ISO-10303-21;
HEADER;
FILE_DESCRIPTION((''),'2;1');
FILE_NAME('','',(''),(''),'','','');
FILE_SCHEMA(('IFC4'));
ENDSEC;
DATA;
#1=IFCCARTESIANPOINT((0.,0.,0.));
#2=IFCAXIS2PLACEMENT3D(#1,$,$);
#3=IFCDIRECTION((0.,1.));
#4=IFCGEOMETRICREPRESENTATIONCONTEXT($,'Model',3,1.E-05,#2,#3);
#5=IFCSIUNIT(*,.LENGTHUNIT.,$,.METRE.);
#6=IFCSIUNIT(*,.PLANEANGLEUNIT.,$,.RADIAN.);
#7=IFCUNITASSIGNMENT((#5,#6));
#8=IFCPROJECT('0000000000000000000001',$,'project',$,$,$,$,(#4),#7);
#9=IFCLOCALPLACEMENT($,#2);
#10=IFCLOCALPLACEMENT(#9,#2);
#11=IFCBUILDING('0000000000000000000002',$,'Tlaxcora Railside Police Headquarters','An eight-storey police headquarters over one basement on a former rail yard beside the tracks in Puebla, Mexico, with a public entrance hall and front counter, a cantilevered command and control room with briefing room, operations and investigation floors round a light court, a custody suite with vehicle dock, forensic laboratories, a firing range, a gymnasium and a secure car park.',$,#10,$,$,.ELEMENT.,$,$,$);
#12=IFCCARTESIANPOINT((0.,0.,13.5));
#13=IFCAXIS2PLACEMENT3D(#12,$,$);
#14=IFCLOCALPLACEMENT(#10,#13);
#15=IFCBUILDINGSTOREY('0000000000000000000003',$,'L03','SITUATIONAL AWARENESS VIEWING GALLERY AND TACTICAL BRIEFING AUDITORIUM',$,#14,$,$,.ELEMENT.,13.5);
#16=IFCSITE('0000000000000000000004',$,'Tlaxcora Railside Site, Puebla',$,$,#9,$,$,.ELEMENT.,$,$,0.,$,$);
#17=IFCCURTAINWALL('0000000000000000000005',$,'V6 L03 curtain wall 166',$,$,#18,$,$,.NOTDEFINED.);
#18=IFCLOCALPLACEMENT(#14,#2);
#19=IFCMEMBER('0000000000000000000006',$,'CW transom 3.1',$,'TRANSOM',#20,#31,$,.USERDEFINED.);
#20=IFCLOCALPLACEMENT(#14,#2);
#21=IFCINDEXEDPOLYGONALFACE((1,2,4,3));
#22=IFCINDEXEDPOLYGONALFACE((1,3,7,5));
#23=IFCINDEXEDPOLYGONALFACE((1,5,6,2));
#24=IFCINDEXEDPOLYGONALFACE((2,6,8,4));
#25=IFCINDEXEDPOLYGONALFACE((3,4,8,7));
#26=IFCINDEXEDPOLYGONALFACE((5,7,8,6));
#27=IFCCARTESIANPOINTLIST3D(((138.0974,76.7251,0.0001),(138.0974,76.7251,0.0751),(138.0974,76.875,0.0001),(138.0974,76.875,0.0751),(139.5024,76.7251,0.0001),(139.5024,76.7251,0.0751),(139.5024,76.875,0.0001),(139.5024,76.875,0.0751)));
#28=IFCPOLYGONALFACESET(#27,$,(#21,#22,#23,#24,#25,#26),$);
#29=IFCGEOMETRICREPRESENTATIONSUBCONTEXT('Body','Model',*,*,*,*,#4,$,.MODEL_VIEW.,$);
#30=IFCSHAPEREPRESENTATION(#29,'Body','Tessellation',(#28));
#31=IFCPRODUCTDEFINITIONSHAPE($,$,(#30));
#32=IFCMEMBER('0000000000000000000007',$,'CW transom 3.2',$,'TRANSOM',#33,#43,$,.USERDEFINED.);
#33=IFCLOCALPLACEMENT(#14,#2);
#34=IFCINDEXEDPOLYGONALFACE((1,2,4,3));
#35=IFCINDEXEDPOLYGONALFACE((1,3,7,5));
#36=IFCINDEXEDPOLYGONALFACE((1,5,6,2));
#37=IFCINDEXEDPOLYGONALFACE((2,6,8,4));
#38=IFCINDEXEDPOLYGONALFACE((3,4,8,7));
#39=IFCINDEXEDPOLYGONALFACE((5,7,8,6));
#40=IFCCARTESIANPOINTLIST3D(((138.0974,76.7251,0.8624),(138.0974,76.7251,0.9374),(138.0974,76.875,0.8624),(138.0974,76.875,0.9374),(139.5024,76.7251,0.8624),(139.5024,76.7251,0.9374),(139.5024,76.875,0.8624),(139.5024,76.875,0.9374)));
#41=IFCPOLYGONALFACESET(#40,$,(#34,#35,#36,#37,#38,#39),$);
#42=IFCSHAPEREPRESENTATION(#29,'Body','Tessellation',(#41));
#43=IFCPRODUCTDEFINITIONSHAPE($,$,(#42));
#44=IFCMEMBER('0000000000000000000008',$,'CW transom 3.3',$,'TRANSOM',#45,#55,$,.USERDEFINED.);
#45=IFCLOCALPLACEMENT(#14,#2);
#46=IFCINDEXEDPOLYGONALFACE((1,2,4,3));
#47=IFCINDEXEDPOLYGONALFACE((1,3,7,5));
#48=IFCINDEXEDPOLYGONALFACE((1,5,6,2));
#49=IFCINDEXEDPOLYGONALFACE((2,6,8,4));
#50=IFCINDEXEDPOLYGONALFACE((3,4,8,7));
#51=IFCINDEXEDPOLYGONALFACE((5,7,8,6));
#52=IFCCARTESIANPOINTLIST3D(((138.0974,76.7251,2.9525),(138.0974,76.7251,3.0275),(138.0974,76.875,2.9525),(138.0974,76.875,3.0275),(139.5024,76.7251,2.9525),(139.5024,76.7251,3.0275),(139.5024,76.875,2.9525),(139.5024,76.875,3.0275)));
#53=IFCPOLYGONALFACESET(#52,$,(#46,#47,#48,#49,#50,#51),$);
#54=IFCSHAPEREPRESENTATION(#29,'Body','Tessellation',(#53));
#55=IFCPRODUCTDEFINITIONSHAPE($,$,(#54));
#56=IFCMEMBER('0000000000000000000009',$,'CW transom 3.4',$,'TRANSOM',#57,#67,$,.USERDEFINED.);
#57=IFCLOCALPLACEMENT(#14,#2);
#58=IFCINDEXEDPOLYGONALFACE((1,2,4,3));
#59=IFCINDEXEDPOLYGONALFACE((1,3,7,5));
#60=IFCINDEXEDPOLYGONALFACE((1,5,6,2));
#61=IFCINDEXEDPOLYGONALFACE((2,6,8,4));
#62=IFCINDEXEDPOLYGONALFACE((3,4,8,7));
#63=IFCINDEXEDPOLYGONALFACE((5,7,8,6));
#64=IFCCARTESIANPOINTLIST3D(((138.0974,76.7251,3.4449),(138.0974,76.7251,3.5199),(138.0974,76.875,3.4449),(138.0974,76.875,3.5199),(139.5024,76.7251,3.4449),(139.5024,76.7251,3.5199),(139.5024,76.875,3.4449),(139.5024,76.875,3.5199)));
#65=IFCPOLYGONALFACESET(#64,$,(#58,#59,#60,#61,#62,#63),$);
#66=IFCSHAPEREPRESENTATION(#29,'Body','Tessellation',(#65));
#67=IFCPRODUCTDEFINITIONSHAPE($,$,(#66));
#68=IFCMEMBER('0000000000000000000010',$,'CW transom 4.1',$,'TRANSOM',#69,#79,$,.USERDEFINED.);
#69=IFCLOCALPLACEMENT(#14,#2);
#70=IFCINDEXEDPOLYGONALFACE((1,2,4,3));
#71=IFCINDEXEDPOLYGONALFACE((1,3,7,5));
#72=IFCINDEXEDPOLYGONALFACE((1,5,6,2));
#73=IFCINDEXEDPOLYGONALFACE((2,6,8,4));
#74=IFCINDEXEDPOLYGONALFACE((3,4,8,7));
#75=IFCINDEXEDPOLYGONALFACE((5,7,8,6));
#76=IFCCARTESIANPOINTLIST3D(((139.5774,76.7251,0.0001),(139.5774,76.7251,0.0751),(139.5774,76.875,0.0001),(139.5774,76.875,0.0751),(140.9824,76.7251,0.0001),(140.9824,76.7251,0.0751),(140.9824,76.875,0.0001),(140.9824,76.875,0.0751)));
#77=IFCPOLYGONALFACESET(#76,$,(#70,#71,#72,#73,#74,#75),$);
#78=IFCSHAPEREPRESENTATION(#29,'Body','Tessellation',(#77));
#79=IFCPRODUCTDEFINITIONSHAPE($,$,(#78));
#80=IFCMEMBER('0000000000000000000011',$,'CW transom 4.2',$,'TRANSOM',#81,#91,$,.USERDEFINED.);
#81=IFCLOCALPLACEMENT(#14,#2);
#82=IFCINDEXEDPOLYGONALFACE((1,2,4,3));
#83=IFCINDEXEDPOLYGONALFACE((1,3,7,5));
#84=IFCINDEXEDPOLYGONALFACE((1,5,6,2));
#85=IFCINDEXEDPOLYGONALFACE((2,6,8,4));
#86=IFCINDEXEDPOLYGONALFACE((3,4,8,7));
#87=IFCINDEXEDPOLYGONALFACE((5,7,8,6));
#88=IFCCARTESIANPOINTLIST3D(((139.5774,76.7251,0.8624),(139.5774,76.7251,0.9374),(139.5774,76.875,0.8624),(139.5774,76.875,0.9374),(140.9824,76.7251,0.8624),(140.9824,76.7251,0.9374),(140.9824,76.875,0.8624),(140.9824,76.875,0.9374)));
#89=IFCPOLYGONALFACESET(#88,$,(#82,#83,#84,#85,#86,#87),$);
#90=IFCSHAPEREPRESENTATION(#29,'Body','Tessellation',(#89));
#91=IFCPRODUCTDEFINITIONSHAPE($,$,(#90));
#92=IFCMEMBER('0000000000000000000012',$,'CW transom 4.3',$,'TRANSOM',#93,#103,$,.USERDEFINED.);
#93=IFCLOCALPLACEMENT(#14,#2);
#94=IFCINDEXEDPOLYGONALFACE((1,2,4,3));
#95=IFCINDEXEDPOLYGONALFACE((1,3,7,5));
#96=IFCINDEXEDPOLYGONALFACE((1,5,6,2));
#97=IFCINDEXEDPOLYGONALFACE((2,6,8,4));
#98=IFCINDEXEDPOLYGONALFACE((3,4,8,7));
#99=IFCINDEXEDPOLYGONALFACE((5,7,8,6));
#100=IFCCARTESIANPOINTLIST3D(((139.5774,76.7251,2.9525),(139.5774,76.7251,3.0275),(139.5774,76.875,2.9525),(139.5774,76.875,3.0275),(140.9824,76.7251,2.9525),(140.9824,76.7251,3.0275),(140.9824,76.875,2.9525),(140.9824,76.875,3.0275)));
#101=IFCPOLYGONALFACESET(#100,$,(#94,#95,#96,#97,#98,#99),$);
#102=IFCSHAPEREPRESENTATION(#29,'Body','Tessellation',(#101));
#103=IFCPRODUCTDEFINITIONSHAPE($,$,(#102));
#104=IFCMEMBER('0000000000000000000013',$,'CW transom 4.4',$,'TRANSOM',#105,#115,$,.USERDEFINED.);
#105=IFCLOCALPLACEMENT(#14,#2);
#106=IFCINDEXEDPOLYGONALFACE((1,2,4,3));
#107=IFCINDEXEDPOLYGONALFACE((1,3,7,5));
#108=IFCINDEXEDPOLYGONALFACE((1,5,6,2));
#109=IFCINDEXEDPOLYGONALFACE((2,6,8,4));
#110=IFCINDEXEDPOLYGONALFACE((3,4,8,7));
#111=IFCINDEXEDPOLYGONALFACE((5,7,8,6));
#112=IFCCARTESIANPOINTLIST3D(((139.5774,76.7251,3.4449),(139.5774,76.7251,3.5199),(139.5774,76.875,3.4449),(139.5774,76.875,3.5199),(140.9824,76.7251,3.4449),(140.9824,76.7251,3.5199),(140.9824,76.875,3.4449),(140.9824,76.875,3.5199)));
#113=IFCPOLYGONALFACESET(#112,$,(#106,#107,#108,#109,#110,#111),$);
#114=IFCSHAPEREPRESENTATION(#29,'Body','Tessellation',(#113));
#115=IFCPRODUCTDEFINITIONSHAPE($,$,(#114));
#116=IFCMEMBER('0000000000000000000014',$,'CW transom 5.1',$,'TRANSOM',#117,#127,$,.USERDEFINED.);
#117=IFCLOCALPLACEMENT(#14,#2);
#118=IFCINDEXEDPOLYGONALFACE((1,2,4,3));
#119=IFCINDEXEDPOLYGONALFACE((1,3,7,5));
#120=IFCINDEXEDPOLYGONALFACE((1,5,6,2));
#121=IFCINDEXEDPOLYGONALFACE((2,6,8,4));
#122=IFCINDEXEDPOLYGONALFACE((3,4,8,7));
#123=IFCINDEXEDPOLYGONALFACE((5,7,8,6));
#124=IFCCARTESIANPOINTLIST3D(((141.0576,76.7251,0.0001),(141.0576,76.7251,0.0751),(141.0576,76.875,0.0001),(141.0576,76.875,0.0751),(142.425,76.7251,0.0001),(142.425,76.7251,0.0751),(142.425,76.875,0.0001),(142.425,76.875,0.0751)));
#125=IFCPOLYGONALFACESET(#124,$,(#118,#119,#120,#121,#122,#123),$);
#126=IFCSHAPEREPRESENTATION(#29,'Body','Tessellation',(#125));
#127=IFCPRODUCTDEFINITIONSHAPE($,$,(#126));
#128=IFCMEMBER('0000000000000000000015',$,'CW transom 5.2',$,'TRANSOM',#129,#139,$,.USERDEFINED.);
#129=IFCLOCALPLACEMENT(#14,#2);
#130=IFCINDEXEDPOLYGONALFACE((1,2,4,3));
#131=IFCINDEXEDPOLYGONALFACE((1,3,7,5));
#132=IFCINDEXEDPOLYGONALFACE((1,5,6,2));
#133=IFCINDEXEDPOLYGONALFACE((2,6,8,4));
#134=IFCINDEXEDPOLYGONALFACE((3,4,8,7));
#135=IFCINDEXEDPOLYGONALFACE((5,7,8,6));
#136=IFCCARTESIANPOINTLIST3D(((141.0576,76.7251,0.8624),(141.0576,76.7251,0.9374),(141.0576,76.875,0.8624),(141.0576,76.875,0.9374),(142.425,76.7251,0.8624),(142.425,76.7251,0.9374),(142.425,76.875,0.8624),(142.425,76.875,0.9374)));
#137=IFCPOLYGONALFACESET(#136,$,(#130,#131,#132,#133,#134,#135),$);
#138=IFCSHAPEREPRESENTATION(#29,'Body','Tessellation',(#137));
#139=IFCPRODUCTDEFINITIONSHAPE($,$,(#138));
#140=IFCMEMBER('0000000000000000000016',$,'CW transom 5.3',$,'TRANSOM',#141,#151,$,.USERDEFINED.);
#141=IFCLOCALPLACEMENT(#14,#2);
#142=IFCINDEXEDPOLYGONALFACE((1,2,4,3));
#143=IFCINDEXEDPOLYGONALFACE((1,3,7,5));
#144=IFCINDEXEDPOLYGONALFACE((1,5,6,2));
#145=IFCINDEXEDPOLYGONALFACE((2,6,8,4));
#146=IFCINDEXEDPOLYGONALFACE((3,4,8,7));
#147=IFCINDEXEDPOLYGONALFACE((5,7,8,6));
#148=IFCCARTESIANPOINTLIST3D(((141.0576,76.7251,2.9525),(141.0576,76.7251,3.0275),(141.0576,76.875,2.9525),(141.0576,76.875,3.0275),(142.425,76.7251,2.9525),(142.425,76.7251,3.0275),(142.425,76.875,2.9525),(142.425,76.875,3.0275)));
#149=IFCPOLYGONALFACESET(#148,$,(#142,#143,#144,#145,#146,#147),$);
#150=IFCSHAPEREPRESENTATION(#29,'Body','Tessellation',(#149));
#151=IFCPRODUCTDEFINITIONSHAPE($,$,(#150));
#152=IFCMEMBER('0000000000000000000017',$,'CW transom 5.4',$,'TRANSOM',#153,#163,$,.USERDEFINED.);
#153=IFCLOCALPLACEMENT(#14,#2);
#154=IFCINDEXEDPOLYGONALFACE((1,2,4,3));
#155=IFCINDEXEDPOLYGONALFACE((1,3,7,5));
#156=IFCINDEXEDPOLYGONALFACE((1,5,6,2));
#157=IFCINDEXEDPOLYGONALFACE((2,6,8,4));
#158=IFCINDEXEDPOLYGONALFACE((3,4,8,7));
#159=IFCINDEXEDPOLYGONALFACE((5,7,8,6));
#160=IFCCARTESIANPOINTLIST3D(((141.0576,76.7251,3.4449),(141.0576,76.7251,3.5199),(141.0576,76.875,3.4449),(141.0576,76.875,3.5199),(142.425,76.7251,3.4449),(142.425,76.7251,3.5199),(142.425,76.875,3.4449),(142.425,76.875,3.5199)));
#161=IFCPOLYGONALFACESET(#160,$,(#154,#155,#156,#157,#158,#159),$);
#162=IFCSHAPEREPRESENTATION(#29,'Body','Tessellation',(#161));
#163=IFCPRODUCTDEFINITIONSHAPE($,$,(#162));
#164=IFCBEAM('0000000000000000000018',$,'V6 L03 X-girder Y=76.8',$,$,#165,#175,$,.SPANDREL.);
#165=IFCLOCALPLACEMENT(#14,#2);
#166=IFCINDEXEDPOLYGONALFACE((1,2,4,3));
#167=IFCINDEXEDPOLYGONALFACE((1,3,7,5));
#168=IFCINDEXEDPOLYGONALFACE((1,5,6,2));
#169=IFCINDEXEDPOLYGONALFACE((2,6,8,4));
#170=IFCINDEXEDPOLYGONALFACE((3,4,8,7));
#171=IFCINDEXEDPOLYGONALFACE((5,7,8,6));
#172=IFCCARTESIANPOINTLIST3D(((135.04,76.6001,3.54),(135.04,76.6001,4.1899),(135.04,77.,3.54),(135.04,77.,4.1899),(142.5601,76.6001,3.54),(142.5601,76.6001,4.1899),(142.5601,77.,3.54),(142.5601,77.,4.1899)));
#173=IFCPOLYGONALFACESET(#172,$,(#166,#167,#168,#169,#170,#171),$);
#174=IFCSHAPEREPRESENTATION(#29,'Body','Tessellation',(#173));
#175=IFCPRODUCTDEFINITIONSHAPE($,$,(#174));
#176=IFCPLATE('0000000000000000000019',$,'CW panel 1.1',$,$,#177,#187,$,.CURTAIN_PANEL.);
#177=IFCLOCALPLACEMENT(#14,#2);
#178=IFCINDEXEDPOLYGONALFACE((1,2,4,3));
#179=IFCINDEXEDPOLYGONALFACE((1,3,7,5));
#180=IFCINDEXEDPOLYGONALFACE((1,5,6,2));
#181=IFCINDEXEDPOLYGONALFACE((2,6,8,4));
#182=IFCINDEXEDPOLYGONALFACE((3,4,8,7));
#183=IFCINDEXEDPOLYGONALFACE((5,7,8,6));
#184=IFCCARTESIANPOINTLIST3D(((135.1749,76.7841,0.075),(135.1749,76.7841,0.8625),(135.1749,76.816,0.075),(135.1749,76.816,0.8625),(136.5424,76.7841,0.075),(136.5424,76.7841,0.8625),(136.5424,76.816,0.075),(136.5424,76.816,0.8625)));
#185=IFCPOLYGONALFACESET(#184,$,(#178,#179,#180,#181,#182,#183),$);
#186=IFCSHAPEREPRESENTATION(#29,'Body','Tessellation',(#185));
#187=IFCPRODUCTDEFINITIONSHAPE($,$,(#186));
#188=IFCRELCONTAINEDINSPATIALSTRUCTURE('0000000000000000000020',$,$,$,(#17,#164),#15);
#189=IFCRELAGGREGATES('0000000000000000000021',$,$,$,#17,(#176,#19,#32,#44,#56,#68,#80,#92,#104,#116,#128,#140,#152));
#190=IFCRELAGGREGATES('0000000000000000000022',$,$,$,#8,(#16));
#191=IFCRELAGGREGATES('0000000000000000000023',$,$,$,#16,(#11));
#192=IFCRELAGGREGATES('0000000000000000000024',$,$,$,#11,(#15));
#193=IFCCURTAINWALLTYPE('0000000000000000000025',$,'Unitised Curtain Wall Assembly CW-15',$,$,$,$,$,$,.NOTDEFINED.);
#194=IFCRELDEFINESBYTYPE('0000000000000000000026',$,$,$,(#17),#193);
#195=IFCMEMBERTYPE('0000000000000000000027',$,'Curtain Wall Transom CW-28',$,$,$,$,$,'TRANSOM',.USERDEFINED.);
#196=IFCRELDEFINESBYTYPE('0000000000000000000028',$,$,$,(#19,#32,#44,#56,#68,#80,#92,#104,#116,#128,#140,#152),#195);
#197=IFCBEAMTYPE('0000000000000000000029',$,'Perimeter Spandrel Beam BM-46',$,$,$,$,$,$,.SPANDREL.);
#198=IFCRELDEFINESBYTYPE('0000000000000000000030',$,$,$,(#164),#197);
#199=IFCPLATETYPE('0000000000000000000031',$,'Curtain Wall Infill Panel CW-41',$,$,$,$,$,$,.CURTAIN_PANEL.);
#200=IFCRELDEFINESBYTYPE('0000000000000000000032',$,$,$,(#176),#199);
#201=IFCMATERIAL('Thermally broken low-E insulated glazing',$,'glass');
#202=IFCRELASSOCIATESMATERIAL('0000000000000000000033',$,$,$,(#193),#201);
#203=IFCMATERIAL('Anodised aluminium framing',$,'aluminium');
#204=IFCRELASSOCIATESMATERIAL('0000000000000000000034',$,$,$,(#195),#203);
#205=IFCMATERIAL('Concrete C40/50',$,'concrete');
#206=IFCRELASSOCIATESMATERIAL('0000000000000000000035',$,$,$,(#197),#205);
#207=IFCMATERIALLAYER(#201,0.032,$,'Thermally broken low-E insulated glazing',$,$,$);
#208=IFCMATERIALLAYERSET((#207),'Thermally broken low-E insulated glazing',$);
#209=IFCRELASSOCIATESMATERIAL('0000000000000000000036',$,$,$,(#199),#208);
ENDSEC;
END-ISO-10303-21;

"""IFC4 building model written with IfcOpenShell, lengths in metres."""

from ifc_helpers import new_model, si_unit, direction, frame, origin, origin_2d, place, context, subcontext, project, spatial, rectangle, extrude, material, layer, layer_set, material_profile, profile_set, type_object, element, aggregate, save


model = new_model("IFC4")

# Units and contexts
model_context = context("Model", 3, precision=1e-05, world=origin(), true_north=direction((0.0, 1.0)))
body_context = subcontext(model_context, "Body", "Model", "MODEL_VIEW")
ifc_project = project(units=[si_unit("LENGTHUNIT", "METRE"), si_unit("PLANEANGLEUNIT", "RADIAN")], contexts=[model_context])

# Site, building, storey
site_placement = place(None, origin())
site = spatial("IfcSite", under=ifc_project, at=site_placement, Name="Tlaxcora Railside Site, Puebla", CompositionType="ELEMENT", RefElevation=0.0)
building_placement = place(site_placement, origin())
building = spatial("IfcBuilding", under=site, at=building_placement, Name="Tlaxcora Railside Police Headquarters", Description="An eight-storey police headquarters over one basement on a former rail yard beside the tracks in Puebla, Mexico, with a public entrance hall and front counter, a cantilevered command and control room with briefing room, operations and investigation floors round a light court, a custody suite with vehicle dock, forensic laboratories, a firing range, a gymnasium and a secure car park.", CompositionType="ELEMENT")
storey_placement = place(building_placement, frame((0.0, 0.0, 13.5)))
storey = spatial("IfcBuildingStorey", under=building, at=storey_placement, Name="L03", Description="SITUATIONAL AWARENESS VIEWING GALLERY AND TACTICAL BRIEFING AUDITORIUM", CompositionType="ELEMENT", Elevation=13.5)

# Shared definitions
ifc_material_1 = material(Name="Concrete C40/50", Category="concrete")

# Curtain wall, members
ifc_material_2 = material(Name="Thermally broken low-E insulated glazing", Category="glass")
curtain_wall_type = type_object("IfcCurtainWallType", Name="Unitised Curtain Wall Assembly CW-15", PredefinedType="NOTDEFINED", material=ifc_material_2)
curtain_wall_placement = place(storey_placement, origin())
curtain_wall = element("IfcCurtainWall", 1, at=curtain_wall_placement, inside=storey, type_object=curtain_wall_type, Name="V6 L03 curtain wall 166", PredefinedType="NOTDEFINED")
ifc_material_3 = material(Name="Anodised aluminium framing", Category="aluminium")
ifc_material_profile_1 = material_profile(ifc_material_3, rectangle(XDim=0.1499, YDim=0.075, at=origin_2d()), Name="AL75X150")
ifc_profile_set_1 = profile_set([ifc_material_profile_1], Name="Anodised aluminium framing")
member_type_1 = type_object("IfcMemberType", Name="Curtain Wall Transom CW-28", ElementType="TRANSOM", PredefinedType="USERDEFINED", material=ifc_profile_set_1)
member_1_placement = place(storey_placement, frame((138.0974, 76.8, 0.0376), z_axis=(1.0, 0.0, 0.0), x_axis=(0.0, 1.0, 0.0)))
member_1 = element("IfcMember", 2, at=member_1_placement, type_object=member_type_1, Name="CW transom 3.1", ObjectType="TRANSOM", PredefinedType="USERDEFINED", context=body_context, shape_type="SweptSolid", body=[
    extrude(rectangle(XDim=0.1499, YDim=0.075, at=origin_2d()), origin(), (0.0, 0.0, 1.0), 1.405),
])
member_2_placement = place(storey_placement, frame((138.0974, 76.8, 0.8999), z_axis=(1.0, 0.0, 0.0), x_axis=(0.0, 1.0, 0.0)))
member_2 = element("IfcMember", 3, at=member_2_placement, type_object=member_type_1, Name="CW transom 3.2", ObjectType="TRANSOM", PredefinedType="USERDEFINED", context=body_context, shape_type="SweptSolid", body=[
    extrude(rectangle(XDim=0.1499, YDim=0.075, at=origin_2d()), origin(), (0.0, 0.0, 1.0), 1.405),
])
member_3_placement = place(storey_placement, frame((138.0974, 76.8, 2.99), z_axis=(1.0, 0.0, 0.0), x_axis=(0.0, 1.0, 0.0)))
member_3 = element("IfcMember", 4, at=member_3_placement, type_object=member_type_1, Name="CW transom 3.3", ObjectType="TRANSOM", PredefinedType="USERDEFINED", context=body_context, shape_type="SweptSolid", body=[
    extrude(rectangle(XDim=0.1499, YDim=0.075, at=origin_2d()), origin(), (0.0, 0.0, 1.0), 1.405),
])
member_4_placement = place(storey_placement, frame((138.0974, 76.8, 3.4824), z_axis=(1.0, 0.0, 0.0), x_axis=(0.0, 1.0, 0.0)))
member_4 = element("IfcMember", 5, at=member_4_placement, type_object=member_type_1, Name="CW transom 3.4", ObjectType="TRANSOM", PredefinedType="USERDEFINED", context=body_context, shape_type="SweptSolid", body=[
    extrude(rectangle(XDim=0.1499, YDim=0.075, at=origin_2d()), origin(), (0.0, 0.0, 1.0), 1.405),
])
member_5_placement = place(storey_placement, frame((139.5774, 76.8, 0.0376), z_axis=(1.0, 0.0, 0.0), x_axis=(0.0, 1.0, 0.0)))
member_5 = element("IfcMember", 6, at=member_5_placement, type_object=member_type_1, Name="CW transom 4.1", ObjectType="TRANSOM", PredefinedType="USERDEFINED", context=body_context, shape_type="SweptSolid", body=[
    extrude(rectangle(XDim=0.1499, YDim=0.075, at=origin_2d()), origin(), (0.0, 0.0, 1.0), 1.405),
])
member_6_placement = place(storey_placement, frame((139.5774, 76.8, 0.8999), z_axis=(1.0, 0.0, 0.0), x_axis=(0.0, 1.0, 0.0)))
member_6 = element("IfcMember", 7, at=member_6_placement, type_object=member_type_1, Name="CW transom 4.2", ObjectType="TRANSOM", PredefinedType="USERDEFINED", context=body_context, shape_type="SweptSolid", body=[
    extrude(rectangle(XDim=0.1499, YDim=0.075, at=origin_2d()), origin(), (0.0, 0.0, 1.0), 1.405),
])
member_7_placement = place(storey_placement, frame((139.5774, 76.8, 2.99), z_axis=(1.0, 0.0, 0.0), x_axis=(0.0, 1.0, 0.0)))
member_7 = element("IfcMember", 8, at=member_7_placement, type_object=member_type_1, Name="CW transom 4.3", ObjectType="TRANSOM", PredefinedType="USERDEFINED", context=body_context, shape_type="SweptSolid", body=[
    extrude(rectangle(XDim=0.1499, YDim=0.075, at=origin_2d()), origin(), (0.0, 0.0, 1.0), 1.405),
])
member_8_placement = place(storey_placement, frame((139.5774, 76.8, 3.4824), z_axis=(1.0, 0.0, 0.0), x_axis=(0.0, 1.0, 0.0)))
member_8 = element("IfcMember", 9, at=member_8_placement, type_object=member_type_1, Name="CW transom 4.4", ObjectType="TRANSOM", PredefinedType="USERDEFINED", context=body_context, shape_type="SweptSolid", body=[
    extrude(rectangle(XDim=0.1499, YDim=0.075, at=origin_2d()), origin(), (0.0, 0.0, 1.0), 1.405),
])
member_9_placement = place(storey_placement, frame((141.0576, 76.8, 0.0376), z_axis=(1.0, 0.0, 0.0), x_axis=(0.0, 1.0, 0.0)))
member_9 = element("IfcMember", 10, at=member_9_placement, type_object=member_type_1, Name="CW transom 5.1", ObjectType="TRANSOM", PredefinedType="USERDEFINED", context=body_context, shape_type="SweptSolid", body=[
    extrude(rectangle(XDim=0.1499, YDim=0.075, at=origin_2d()), origin(), (0.0, 0.0, 1.0), 1.3674),
])
member_10_placement = place(storey_placement, frame((141.0576, 76.8, 0.8999), z_axis=(1.0, 0.0, 0.0), x_axis=(0.0, 1.0, 0.0)))
member_10 = element("IfcMember", 11, at=member_10_placement, type_object=member_type_1, Name="CW transom 5.2", ObjectType="TRANSOM", PredefinedType="USERDEFINED", context=body_context, shape_type="SweptSolid", body=[
    extrude(rectangle(XDim=0.1499, YDim=0.075, at=origin_2d()), origin(), (0.0, 0.0, 1.0), 1.3674),
])
member_11_placement = place(storey_placement, frame((141.0576, 76.8, 2.99), z_axis=(1.0, 0.0, 0.0), x_axis=(0.0, 1.0, 0.0)))
member_11 = element("IfcMember", 12, at=member_11_placement, type_object=member_type_1, Name="CW transom 5.3", ObjectType="TRANSOM", PredefinedType="USERDEFINED", context=body_context, shape_type="SweptSolid", body=[
    extrude(rectangle(XDim=0.1499, YDim=0.075, at=origin_2d()), origin(), (0.0, 0.0, 1.0), 1.3674),
])
member_12_placement = place(storey_placement, frame((141.0576, 76.8, 3.4824), z_axis=(1.0, 0.0, 0.0), x_axis=(0.0, 1.0, 0.0)))
member_12 = element("IfcMember", 13, at=member_12_placement, type_object=member_type_1, Name="CW transom 5.4", ObjectType="TRANSOM", PredefinedType="USERDEFINED", context=body_context, shape_type="SweptSolid", body=[
    extrude(rectangle(XDim=0.1499, YDim=0.075, at=origin_2d()), origin(), (0.0, 0.0, 1.0), 1.3674),
])

# Beam
ifc_material_profile_2 = material_profile(ifc_material_1, rectangle(XDim=0.3999, YDim=0.6499, at=origin_2d()), Name="RC400X650")
ifc_profile_set_2 = profile_set([ifc_material_profile_2], Name="Concrete C40/50")
beam_type = type_object("IfcBeamType", Name="Perimeter Spandrel Beam BM-46", PredefinedType="SPANDREL", material=ifc_profile_set_2)
beam_placement = place(storey_placement, frame((135.04, 76.8, 3.865), z_axis=(1.0, 0.0, 0.0), x_axis=(0.0, 1.0, 0.0)))
element("IfcBeam", 14, at=beam_placement, inside=storey, type_object=beam_type, Name="V6 L03 X-girder Y=76.8", PredefinedType="SPANDREL", context=body_context, shape_type="SweptSolid", body=[
    extrude(rectangle(XDim=0.3999, YDim=0.6499, at=origin_2d()), origin(), (0.0, 0.0, 1.0), 7.52),
])

# Plate
ifc_layer = layer(ifc_material_2, 0.032, Name="Thermally broken low-E insulated glazing")
ifc_layer_set = layer_set([ifc_layer], Name="Thermally broken low-E insulated glazing")
plate_type = type_object("IfcPlateType", Name="Curtain Wall Infill Panel CW-41", PredefinedType="CURTAIN_PANEL", material=ifc_layer_set)
plate_1_placement = place(storey_placement, frame((135.8586, 76.8, 0.075), z_axis=(0.0, 0.0, 1.0), x_axis=(1.0, 0.0, 0.0)))
plate_1 = element("IfcPlate", 15, at=plate_1_placement, type_object=plate_type, Name="CW panel 1.1", PredefinedType="CURTAIN_PANEL", context=body_context, shape_type="SweptSolid", body=[
    extrude(rectangle(XDim=1.3674, YDim=0.032, at=origin_2d()), origin(), (0.0, 0.0, 1.0), 0.7876),
])
aggregate(curtain_wall, [plate_1, member_1, member_2, member_3, member_4, member_5, member_6, member_7, member_8, member_9, member_10, member_11, member_12])

save(model, "model.ifc")
